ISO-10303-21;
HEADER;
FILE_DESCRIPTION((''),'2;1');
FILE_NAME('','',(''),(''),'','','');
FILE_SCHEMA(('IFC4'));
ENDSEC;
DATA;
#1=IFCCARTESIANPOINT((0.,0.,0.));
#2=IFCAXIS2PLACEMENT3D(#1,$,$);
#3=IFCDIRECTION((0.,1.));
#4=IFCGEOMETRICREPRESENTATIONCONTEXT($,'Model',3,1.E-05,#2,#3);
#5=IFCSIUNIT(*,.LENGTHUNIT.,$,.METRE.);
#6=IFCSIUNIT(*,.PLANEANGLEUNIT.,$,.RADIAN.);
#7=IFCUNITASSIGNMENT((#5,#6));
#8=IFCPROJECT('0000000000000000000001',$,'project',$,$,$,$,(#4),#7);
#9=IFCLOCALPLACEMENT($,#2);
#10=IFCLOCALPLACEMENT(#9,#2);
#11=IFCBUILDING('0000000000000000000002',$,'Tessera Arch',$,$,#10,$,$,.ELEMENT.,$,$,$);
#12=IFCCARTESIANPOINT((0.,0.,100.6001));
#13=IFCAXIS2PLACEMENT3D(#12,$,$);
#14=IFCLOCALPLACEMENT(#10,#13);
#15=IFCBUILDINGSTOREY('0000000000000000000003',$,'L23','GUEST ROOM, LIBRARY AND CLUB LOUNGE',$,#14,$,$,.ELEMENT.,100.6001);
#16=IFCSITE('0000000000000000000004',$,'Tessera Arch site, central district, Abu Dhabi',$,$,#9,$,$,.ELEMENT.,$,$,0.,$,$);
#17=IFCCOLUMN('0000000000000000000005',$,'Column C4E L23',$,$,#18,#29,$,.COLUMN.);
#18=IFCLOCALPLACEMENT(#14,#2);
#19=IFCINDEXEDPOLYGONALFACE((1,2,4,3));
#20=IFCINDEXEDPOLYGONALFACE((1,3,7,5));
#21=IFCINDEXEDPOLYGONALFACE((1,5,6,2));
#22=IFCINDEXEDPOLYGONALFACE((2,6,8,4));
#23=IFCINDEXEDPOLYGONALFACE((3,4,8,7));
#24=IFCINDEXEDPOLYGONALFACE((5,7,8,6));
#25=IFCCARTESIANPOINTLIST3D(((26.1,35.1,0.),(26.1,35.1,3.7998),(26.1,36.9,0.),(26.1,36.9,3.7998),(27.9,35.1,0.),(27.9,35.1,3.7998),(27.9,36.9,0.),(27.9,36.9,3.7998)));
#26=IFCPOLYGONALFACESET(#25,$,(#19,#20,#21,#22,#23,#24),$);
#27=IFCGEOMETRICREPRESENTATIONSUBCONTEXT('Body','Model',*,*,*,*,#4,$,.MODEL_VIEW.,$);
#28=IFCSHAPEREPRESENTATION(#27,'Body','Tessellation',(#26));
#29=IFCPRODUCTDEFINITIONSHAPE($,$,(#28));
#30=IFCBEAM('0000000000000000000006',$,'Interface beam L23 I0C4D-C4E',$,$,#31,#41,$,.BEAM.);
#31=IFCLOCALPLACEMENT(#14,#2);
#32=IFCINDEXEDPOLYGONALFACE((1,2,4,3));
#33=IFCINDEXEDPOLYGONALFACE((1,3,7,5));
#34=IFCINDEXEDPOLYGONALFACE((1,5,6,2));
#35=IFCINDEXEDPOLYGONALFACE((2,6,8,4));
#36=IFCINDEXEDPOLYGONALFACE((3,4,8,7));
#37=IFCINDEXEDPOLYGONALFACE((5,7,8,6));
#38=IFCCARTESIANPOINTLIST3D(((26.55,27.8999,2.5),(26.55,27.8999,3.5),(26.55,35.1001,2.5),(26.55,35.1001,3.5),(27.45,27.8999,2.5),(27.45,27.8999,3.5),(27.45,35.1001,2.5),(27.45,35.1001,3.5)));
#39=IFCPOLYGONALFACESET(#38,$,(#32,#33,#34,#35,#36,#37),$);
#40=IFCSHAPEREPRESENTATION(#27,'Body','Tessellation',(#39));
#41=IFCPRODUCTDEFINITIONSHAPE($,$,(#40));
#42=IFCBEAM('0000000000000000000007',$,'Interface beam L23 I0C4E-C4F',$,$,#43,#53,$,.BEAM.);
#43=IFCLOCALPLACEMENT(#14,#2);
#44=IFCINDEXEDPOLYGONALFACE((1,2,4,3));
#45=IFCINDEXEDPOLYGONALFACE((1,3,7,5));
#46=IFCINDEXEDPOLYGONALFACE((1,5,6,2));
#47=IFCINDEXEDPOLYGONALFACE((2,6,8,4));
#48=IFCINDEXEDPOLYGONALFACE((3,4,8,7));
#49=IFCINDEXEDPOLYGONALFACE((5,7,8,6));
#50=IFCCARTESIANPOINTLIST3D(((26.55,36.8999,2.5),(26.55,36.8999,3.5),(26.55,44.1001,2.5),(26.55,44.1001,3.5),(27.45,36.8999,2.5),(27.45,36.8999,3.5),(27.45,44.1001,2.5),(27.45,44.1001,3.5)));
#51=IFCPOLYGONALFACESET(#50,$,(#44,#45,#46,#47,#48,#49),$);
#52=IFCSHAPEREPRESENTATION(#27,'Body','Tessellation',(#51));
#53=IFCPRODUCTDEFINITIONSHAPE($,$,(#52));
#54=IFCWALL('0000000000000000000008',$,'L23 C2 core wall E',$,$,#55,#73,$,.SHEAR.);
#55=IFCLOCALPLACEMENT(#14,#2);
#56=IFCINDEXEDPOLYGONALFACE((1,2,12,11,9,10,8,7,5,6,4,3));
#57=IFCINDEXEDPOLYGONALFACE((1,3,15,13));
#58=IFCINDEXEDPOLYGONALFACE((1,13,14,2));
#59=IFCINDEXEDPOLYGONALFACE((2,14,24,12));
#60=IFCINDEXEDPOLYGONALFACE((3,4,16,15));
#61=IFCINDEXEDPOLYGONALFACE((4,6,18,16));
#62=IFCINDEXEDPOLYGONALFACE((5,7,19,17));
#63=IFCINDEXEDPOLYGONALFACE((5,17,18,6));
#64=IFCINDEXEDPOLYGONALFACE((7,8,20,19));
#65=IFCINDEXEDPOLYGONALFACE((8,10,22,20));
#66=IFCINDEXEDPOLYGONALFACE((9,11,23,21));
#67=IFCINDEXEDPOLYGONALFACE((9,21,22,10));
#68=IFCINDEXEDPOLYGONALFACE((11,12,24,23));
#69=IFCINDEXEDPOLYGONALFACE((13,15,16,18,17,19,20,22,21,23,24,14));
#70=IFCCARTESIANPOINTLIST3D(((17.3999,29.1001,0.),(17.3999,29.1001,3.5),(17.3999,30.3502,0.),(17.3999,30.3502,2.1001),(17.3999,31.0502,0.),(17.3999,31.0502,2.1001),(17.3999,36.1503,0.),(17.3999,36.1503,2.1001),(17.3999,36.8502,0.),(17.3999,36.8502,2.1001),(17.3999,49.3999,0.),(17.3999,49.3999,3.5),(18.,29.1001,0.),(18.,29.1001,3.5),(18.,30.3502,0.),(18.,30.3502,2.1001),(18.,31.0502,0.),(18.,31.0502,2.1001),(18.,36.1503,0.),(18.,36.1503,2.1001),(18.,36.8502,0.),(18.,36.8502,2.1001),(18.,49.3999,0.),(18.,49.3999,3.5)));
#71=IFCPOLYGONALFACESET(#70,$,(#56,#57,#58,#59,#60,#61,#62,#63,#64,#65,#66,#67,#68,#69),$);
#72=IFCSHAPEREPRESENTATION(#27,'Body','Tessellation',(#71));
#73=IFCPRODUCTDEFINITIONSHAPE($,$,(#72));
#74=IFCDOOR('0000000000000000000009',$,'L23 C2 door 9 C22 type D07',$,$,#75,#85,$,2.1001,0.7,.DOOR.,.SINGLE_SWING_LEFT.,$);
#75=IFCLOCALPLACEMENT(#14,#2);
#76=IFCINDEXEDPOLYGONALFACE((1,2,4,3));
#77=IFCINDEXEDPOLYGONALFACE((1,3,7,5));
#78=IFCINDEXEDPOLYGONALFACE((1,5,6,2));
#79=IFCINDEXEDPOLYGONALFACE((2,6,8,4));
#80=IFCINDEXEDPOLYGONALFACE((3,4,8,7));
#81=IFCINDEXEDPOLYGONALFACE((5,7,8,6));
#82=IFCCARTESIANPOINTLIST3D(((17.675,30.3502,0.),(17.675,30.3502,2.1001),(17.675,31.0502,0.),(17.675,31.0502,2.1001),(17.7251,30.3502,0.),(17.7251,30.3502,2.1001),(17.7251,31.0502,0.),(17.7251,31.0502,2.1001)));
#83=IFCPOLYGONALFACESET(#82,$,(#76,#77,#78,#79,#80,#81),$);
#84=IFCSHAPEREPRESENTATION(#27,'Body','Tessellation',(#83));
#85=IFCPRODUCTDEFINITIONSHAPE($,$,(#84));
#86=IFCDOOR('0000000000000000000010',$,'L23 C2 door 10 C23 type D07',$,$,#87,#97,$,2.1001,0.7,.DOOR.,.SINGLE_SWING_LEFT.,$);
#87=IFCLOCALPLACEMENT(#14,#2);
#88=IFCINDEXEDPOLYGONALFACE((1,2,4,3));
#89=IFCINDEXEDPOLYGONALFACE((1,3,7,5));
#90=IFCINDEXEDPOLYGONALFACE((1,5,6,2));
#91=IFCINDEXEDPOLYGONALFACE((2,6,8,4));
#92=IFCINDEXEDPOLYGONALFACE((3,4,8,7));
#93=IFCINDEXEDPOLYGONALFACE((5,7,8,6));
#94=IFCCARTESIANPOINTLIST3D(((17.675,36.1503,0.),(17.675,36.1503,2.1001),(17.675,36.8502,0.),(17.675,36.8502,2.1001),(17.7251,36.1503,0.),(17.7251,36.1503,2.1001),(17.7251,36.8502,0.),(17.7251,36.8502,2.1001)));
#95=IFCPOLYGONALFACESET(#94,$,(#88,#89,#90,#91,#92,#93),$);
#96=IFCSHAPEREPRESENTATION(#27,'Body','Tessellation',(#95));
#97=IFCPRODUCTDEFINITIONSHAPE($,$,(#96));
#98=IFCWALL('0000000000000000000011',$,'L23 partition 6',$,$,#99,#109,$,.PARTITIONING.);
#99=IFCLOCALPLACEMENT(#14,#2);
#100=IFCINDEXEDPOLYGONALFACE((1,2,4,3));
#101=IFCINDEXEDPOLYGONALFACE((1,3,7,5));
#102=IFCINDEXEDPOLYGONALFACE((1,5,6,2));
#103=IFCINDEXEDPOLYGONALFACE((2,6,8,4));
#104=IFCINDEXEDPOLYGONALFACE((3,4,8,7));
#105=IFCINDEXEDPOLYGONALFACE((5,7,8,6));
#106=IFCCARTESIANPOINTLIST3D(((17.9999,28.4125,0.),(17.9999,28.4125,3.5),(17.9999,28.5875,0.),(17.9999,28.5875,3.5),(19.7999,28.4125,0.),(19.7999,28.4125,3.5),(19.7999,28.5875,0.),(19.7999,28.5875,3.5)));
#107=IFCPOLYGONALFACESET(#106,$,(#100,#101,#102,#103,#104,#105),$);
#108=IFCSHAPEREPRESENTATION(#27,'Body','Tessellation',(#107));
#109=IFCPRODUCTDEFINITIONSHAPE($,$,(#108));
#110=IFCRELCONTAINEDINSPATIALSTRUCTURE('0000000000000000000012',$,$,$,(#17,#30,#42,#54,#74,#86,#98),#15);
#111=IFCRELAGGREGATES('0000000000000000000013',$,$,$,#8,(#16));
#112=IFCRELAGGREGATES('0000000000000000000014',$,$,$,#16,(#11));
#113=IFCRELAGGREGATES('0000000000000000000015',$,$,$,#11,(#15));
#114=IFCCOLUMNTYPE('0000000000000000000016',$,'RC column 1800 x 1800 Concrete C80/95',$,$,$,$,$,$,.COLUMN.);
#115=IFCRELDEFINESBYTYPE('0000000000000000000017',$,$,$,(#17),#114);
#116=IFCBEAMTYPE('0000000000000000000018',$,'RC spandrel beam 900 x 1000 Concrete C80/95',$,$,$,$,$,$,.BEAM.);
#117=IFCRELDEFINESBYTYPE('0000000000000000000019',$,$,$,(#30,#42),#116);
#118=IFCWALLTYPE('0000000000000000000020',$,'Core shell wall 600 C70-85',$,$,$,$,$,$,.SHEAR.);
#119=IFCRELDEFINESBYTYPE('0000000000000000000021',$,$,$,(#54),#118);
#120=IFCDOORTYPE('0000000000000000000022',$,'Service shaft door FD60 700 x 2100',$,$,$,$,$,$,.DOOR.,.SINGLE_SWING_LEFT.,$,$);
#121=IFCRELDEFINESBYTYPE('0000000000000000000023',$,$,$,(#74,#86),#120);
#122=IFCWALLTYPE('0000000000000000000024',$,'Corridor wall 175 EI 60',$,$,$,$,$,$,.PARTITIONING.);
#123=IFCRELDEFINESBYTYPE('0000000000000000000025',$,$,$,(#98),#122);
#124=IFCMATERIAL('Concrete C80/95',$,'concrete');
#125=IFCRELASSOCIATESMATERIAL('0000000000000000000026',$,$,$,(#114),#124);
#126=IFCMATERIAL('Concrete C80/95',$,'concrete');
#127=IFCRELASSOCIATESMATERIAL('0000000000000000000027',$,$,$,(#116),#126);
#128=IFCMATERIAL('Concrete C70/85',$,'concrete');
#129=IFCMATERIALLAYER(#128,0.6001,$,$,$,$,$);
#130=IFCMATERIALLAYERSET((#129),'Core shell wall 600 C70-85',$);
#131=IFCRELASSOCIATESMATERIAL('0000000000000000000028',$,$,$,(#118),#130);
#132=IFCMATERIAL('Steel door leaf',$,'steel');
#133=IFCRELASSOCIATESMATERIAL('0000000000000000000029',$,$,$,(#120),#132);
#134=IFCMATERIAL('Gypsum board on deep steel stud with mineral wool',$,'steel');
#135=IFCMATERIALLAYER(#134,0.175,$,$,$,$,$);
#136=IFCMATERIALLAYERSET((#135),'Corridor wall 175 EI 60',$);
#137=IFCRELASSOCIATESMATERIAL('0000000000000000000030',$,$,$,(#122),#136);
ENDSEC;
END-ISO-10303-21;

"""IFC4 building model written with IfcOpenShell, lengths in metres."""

from ifc_helpers import new_model, si_unit, direction, frame, frame_2d, origin, origin_2d, place, context, subcontext, project, spatial, rectangle, extrude, material, layer, layer_set, material_profile, profile_set, type_object, element, fill, save


model = new_model("IFC4")

# Units and contexts
model_context = context("Model", 3, precision=1e-05, world=origin(), true_north=direction((0.0, 1.0)))
body_context = subcontext(model_context, "Body", "Model", "MODEL_VIEW")
ifc_project = project(units=[si_unit("LENGTHUNIT", "METRE"), si_unit("PLANEANGLEUNIT", "RADIAN")], contexts=[model_context])

# Site, building, storey
site_placement = place(None, origin())
site = spatial("IfcSite", under=ifc_project, at=site_placement, Name="Tessera Arch site, central district, Abu Dhabi", CompositionType="ELEMENT", RefElevation=0.0)
building_placement = place(site_placement, origin())
building = spatial("IfcBuilding", under=site, at=building_placement, Name="Tessera Arch", CompositionType="ELEMENT")
storey_placement = place(building_placement, frame((0.0, 0.0, 100.6001)))
storey = spatial("IfcBuildingStorey", under=building, at=storey_placement, Name="L23", Description="GUEST ROOM, LIBRARY AND CLUB LOUNGE", CompositionType="ELEMENT", Elevation=100.6001)

# Column
ifc_material_1 = material(Name="Concrete C80/95", Category="concrete")
ifc_material_profile_1 = material_profile(ifc_material_1, rectangle(XDim=1.8, YDim=1.8, at=origin_2d()), Name="RC column 1800 x 1800 Concrete C80/95")
ifc_profile_set_1 = profile_set([ifc_material_profile_1], Name="Concrete C80/95")
column_type = type_object("IfcColumnType", Name="RC column 1800 x 1800 Concrete C80/95", PredefinedType="COLUMN", material=ifc_profile_set_1)
column_placement = place(storey_placement, frame((27.0, 36.0, 0.0), z_axis=(0.0, 0.0, 1.0), x_axis=(1.0, 0.0, 0.0)))
element("IfcColumn", 1, at=column_placement, inside=storey, type_object=column_type, Name="Column C4E L23", PredefinedType="COLUMN", context=body_context, shape_type="SweptSolid", body=[
    extrude(rectangle(XDim=1.8, YDim=1.8, at=origin_2d()), origin(), (0.0, 0.0, 1.0), 3.7998),
])

# Beams
ifc_material_2 = material(Name="Concrete C80/95", Category="concrete")
ifc_material_profile_2 = material_profile(ifc_material_2, rectangle(XDim=0.8999, YDim=1.0, at=origin_2d()), Name="RC spandrel beam 900 x 1000 Concrete C80/95")
ifc_profile_set_2 = profile_set([ifc_material_profile_2], Name="Concrete C80/95")
beam_type = type_object("IfcBeamType", Name="RC spandrel beam 900 x 1000 Concrete C80/95", PredefinedType="BEAM", material=ifc_profile_set_2)
for number, where, z_axis, x_axis, name in (
    (2, (27.0, 27.8999, 3.0), (0.0, 1.0, 0.0), (-1.0, 0.0, 0.0), "Interface beam L23 I0C4D-C4E"),
    (3, (27.0, 36.8999, 3.0), (0.0, 1.0, 0.0), (-1.0, 0.0, 0.0), "Interface beam L23 I0C4E-C4F"),
):
    element("IfcBeam", number, at=place(storey_placement, frame(where, z_axis=z_axis, x_axis=x_axis)), inside=storey, type_object=beam_type, Name=name, PredefinedType="BEAM", context=body_context, shape_type="SweptSolid", body=[
        extrude(rectangle(XDim=0.8999, YDim=1.0, at=origin_2d()), origin(), (0.0, 0.0, 1.0), 7.2002),
    ])

# Wall, openings, doors
ifc_material_3 = material(Name="Concrete C70/85", Category="concrete")
ifc_layer_1 = layer(ifc_material_3, 0.6001)
ifc_layer_set_1 = layer_set([ifc_layer_1], Name="Core shell wall 600 C70-85")
wall_type_1 = type_object("IfcWallType", Name="Core shell wall 600 C70-85", PredefinedType="SHEAR", material=ifc_layer_set_1)
wall_1_placement = place(storey_placement, frame((17.7, 29.1001, 0.0), z_axis=(0.0, 0.0, 1.0), x_axis=(0.0, 1.0, 0.0)))
wall_1 = element("IfcWall", 4, at=wall_1_placement, inside=storey, type_object=wall_type_1, Name="L23 C2 core wall E", PredefinedType="SHEAR", context=body_context, shape_type="SweptSolid", body=[
    extrude(rectangle(XDim=20.2998, YDim=0.6001, at=frame_2d((10.1499, 0.0))), origin(), (0.0, 0.0, 1.0), 3.5),
])
opening_1_placement = place(wall_1_placement, frame((1.25, 0.0, 0.0)))
opening_1 = element("IfcOpeningElement", 5, at=opening_1_placement, cuts=wall_1, PredefinedType="OPENING", context=body_context, shape_type="SweptSolid", body=[
    extrude(rectangle(XDim=0.7, YDim=2.1001, at=frame_2d((0.3501, 1.05))), frame((0.0, 0.3101, 0.0), z_axis=(0.0, -1.0, 0.0), x_axis=(1.0, 0.0, 0.0)), (0.0, 0.0, 1.0), 0.6201),
])
opening_2_placement = place(wall_1_placement, frame((7.05, 0.0, 0.0)))
opening_2 = element("IfcOpeningElement", 6, at=opening_2_placement, cuts=wall_1, PredefinedType="OPENING", context=body_context, shape_type="SweptSolid", body=[
    extrude(rectangle(XDim=0.7, YDim=2.1001, at=frame_2d((0.3501, 1.05))), frame((0.0, 0.3101, 0.0), z_axis=(0.0, -1.0, 0.0), x_axis=(1.0, 0.0, 0.0)), (0.0, 0.0, 1.0), 0.6201),
])
ifc_material_4 = material(Name="Steel door leaf", Category="steel")
door_type_1 = type_object("IfcDoorType", Name="Service shaft door FD60 700 x 2100", OperationType="SINGLE_SWING_LEFT", PredefinedType="DOOR", material=ifc_material_4)
door_1_placement = place(opening_1_placement, origin())
door_1 = element("IfcDoor", 7, at=door_1_placement, inside=storey, type_object=door_type_1, Name="L23 C2 door 9 C22 type D07", OperationType="SINGLE_SWING_LEFT", OverallHeight=2.1001, OverallWidth=0.7, PredefinedType="DOOR", context=body_context, shape_type="SweptSolid", body=[
    extrude(rectangle(XDim=0.7, YDim=2.1001, at=frame_2d((0.3501, 1.05))), frame((0.0, 0.0249, 0.0), z_axis=(0.0, -1.0, 0.0), x_axis=(1.0, 0.0, 0.0)), (0.0, 0.0, 1.0), 0.05),
])
fill(opening_1, door_1)
door_2_placement = place(opening_2_placement, origin())
door_2 = element("IfcDoor", 8, at=door_2_placement, inside=storey, type_object=door_type_1, Name="L23 C2 door 10 C23 type D07", OperationType="SINGLE_SWING_LEFT", OverallHeight=2.1001, OverallWidth=0.7, PredefinedType="DOOR", context=body_context, shape_type="SweptSolid", body=[
    extrude(rectangle(XDim=0.7, YDim=2.1001, at=frame_2d((0.3501, 1.05))), frame((0.0, 0.0249, 0.0), z_axis=(0.0, -1.0, 0.0), x_axis=(1.0, 0.0, 0.0)), (0.0, 0.0, 1.0), 0.05),
])
fill(opening_2, door_2)

# Wall
ifc_material_5 = material(Name="Gypsum board on deep steel stud with mineral wool", Category="steel")
ifc_layer_2 = layer(ifc_material_5, 0.175)
ifc_layer_set_2 = layer_set([ifc_layer_2], Name="Corridor wall 175 EI 60")
wall_type_2 = type_object("IfcWallType", Name="Corridor wall 175 EI 60", PredefinedType="PARTITIONING", material=ifc_layer_set_2)
wall_2_placement = place(storey_placement, frame((18.0, 28.5, 0.0), z_axis=(0.0, 0.0, 1.0), x_axis=(1.0, 0.0, 0.0)))
element("IfcWall", 9, at=wall_2_placement, inside=storey, type_object=wall_type_2, Name="L23 partition 6", PredefinedType="PARTITIONING", context=body_context, shape_type="SweptSolid", body=[
    extrude(rectangle(XDim=1.8, YDim=0.175, at=frame_2d((0.8999, 0.0))), origin(), (0.0, 0.0, 1.0), 3.5),
])

save(model, "model.ifc")
